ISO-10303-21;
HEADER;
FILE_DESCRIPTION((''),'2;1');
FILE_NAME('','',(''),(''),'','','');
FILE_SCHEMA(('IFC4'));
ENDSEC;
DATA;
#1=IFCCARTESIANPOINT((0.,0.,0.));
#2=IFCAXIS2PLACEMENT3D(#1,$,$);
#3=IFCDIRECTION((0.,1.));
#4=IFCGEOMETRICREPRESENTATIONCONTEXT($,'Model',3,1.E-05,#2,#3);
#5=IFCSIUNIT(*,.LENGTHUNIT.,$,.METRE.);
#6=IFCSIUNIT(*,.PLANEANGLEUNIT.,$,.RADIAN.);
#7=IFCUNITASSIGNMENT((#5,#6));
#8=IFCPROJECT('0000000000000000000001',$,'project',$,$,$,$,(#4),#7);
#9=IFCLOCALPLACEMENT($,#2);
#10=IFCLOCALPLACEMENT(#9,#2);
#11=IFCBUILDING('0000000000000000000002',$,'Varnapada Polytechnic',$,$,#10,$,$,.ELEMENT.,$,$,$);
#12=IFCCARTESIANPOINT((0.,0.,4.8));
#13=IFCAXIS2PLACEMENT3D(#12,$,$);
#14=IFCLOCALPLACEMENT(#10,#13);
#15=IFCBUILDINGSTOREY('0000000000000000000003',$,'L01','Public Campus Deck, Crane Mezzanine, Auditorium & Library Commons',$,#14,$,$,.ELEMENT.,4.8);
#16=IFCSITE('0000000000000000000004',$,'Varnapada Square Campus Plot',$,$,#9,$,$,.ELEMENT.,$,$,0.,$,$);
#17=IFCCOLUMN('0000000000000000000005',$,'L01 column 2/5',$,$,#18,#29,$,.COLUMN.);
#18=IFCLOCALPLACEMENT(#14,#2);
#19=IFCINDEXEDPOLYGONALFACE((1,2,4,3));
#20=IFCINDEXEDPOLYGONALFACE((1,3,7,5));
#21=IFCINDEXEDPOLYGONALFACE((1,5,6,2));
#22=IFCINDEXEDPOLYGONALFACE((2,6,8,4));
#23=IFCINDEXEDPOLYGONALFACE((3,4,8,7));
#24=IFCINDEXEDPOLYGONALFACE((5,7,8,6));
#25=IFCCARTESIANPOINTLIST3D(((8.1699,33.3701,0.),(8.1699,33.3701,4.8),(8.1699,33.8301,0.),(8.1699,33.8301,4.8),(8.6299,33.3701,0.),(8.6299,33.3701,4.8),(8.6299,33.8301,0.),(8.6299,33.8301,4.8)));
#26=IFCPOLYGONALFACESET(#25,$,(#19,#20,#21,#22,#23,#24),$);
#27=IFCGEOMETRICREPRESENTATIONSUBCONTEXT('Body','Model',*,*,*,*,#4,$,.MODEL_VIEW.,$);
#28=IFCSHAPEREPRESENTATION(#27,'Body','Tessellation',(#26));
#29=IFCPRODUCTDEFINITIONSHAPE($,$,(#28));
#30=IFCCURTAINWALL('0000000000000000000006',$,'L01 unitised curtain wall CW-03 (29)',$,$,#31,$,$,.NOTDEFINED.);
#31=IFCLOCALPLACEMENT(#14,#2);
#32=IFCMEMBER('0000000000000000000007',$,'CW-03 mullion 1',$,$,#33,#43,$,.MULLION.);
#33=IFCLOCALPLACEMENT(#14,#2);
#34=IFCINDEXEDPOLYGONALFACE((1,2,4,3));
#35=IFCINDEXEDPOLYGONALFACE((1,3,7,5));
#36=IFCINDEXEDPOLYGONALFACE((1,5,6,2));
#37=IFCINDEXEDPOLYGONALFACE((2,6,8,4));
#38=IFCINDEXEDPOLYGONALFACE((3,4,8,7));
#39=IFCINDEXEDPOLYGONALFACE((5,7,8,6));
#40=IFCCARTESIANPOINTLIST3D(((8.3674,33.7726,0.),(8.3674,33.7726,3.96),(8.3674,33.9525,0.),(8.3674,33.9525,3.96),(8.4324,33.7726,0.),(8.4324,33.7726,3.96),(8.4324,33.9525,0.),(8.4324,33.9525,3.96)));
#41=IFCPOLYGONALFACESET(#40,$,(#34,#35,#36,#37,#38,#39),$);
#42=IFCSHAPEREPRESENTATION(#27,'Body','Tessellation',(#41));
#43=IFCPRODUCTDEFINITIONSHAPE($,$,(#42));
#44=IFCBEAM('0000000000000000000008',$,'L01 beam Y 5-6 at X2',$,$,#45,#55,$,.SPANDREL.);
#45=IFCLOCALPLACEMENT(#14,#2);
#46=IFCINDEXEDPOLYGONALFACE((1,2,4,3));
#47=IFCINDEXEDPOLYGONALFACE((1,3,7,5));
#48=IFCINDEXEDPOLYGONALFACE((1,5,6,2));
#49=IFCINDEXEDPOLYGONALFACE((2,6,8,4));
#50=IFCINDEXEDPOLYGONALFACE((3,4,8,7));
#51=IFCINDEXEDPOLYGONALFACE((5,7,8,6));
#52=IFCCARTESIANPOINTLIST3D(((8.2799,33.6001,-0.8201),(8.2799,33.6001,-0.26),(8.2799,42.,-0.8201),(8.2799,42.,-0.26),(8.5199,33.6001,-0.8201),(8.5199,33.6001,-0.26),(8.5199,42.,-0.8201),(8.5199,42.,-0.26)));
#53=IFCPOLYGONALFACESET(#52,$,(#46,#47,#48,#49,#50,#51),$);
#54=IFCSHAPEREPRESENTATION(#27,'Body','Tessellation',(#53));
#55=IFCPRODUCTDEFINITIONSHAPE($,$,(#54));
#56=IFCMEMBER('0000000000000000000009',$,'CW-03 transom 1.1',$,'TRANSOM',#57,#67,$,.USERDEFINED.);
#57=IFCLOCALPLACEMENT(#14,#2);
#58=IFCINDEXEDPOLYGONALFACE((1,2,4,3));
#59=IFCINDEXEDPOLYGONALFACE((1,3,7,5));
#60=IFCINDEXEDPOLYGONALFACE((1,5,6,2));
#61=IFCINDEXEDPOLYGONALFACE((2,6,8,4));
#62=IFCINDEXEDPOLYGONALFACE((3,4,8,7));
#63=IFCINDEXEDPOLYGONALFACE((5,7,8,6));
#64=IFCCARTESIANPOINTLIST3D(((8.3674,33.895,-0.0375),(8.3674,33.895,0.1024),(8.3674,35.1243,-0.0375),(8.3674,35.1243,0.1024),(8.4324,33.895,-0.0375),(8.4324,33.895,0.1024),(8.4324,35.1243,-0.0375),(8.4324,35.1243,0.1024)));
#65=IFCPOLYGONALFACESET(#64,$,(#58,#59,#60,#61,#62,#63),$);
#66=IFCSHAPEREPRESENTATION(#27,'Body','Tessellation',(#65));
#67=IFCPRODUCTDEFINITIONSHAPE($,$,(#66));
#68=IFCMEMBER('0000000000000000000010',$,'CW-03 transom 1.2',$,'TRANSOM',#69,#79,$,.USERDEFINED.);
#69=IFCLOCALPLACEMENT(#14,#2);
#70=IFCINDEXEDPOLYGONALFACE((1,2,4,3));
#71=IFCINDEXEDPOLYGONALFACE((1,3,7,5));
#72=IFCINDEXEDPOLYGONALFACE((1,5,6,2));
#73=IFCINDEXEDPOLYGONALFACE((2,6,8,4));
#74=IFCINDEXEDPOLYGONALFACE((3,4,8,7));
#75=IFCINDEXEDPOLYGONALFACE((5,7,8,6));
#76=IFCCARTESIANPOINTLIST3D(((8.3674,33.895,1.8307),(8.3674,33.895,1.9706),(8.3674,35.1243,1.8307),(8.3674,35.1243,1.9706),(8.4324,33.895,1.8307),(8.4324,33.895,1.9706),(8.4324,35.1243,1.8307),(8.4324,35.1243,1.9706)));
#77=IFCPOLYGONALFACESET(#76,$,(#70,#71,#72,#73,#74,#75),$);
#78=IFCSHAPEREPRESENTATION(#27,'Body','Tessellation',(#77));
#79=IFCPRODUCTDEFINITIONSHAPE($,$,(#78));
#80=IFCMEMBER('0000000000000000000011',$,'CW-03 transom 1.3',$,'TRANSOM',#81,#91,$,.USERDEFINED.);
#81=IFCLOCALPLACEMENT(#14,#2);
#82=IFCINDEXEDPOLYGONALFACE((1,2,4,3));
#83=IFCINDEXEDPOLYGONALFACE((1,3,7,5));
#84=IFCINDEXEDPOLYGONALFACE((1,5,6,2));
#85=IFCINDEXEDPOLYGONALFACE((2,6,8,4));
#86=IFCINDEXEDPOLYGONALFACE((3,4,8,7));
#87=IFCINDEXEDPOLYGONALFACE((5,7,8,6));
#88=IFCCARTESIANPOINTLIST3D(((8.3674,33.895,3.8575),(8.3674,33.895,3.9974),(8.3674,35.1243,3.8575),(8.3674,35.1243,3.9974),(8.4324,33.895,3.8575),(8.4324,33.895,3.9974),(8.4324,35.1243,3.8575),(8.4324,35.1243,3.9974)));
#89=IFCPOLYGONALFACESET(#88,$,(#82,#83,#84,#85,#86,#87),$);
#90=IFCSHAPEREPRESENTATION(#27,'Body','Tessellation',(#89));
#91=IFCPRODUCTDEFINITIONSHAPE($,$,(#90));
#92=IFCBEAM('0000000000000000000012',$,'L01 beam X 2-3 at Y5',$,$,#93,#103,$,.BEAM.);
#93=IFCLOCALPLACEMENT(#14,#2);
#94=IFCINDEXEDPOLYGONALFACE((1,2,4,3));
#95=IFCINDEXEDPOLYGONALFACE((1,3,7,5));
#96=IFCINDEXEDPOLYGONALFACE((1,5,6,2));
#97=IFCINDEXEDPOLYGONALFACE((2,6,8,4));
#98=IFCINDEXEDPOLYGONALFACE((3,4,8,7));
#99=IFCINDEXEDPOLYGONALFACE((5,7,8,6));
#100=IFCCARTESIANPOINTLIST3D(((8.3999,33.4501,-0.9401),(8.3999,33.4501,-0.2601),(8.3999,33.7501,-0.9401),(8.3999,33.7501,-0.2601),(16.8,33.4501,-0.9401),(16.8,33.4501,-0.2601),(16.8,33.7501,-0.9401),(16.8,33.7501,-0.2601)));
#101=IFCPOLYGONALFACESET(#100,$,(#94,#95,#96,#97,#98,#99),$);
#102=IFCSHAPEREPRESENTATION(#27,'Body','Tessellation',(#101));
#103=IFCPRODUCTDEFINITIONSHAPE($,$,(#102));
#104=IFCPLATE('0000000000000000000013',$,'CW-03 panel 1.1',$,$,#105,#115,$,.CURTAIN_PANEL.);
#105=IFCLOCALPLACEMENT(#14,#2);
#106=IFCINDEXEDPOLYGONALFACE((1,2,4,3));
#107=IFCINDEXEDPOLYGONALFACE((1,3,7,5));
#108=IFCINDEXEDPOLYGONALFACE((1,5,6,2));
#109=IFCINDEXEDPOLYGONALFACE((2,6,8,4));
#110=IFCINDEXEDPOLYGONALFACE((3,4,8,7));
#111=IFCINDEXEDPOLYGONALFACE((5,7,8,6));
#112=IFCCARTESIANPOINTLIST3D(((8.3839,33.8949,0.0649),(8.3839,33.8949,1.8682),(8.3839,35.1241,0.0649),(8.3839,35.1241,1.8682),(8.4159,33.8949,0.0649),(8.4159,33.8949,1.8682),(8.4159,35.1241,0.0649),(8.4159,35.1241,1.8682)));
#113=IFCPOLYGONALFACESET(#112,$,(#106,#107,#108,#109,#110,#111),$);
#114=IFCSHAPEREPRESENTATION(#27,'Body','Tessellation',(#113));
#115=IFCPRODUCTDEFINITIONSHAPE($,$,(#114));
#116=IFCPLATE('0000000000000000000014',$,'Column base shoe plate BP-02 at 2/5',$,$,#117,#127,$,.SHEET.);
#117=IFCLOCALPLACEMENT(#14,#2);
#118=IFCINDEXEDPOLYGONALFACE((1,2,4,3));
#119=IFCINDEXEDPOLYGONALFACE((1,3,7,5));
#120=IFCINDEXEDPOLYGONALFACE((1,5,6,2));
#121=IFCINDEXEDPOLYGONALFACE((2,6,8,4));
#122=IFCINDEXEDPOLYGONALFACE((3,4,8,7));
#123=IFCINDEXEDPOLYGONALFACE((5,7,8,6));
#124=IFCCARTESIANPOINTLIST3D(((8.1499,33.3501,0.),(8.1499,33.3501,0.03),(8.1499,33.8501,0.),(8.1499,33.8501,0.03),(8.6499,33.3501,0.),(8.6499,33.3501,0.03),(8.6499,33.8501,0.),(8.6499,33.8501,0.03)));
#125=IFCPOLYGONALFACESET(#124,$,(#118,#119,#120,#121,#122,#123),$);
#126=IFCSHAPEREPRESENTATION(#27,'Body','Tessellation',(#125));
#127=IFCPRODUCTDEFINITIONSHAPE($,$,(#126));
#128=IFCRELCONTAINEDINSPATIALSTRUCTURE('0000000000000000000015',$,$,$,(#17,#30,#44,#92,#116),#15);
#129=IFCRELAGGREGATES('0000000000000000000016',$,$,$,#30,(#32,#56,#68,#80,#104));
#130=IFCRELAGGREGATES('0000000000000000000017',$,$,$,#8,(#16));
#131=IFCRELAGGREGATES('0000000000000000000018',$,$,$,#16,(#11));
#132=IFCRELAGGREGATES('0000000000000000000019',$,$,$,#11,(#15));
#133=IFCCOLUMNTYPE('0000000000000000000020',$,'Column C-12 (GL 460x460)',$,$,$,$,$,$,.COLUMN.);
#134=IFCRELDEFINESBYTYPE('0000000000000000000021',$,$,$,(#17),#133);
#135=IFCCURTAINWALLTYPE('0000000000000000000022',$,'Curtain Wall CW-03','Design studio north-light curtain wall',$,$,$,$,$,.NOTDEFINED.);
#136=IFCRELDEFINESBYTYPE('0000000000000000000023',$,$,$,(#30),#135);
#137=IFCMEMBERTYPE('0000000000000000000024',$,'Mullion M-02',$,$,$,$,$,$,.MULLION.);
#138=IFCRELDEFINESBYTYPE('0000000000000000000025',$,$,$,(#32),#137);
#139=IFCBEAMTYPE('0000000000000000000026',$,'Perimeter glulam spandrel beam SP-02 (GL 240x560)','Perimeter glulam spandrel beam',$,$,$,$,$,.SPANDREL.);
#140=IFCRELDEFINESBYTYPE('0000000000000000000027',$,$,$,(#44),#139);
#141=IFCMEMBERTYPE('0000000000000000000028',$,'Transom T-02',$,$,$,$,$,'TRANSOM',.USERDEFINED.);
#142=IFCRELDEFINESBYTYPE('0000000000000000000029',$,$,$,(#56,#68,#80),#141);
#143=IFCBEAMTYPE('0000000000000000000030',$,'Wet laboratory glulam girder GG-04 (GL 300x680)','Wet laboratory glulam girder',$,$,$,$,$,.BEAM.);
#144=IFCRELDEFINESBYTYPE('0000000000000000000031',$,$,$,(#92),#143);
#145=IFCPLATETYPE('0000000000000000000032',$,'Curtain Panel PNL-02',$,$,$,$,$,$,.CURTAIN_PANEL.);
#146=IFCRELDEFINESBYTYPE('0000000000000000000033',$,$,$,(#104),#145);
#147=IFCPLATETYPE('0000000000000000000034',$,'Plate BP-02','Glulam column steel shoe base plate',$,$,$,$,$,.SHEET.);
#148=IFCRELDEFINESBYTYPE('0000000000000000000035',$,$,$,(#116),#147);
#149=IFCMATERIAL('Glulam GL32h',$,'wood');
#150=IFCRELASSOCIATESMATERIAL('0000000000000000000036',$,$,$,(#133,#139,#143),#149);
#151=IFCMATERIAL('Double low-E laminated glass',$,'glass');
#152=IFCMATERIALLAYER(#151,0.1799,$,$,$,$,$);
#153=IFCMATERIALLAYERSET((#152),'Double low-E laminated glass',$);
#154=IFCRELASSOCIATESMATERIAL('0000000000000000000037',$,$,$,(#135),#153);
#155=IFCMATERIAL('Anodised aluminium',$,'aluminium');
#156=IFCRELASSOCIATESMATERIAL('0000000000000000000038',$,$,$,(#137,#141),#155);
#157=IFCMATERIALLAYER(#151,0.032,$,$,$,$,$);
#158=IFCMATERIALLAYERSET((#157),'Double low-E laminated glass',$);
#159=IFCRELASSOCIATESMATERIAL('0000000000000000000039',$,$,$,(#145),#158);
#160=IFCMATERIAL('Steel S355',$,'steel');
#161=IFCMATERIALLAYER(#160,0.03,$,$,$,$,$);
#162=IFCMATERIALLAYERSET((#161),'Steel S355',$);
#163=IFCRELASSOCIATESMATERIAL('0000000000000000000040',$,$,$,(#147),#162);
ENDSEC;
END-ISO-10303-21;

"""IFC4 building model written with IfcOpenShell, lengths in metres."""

from ifc_helpers import new_model, si_unit, direction, frame, origin, origin_2d, place, context, subcontext, project, spatial, rectangle, extrude, material, layer, layer_set, material_profile, profile_set, type_object, element, aggregate, save


model = new_model("IFC4")

# Units and contexts
model_context = context("Model", 3, precision=1e-05, world=origin(), true_north=direction((0.0, 1.0)))
body_context = subcontext(model_context, "Body", "Model", "MODEL_VIEW")
ifc_project = project(units=[si_unit("LENGTHUNIT", "METRE"), si_unit("PLANEANGLEUNIT", "RADIAN")], contexts=[model_context])

# Site, building, storey
site_placement = place(None, origin())
site = spatial("IfcSite", under=ifc_project, at=site_placement, Name="Varnapada Square Campus Plot", CompositionType="ELEMENT", RefElevation=0.0)
building_placement = place(site_placement, origin())
building = spatial("IfcBuilding", under=site, at=building_placement, Name="Varnapada Polytechnic", CompositionType="ELEMENT")
storey_placement = place(building_placement, frame((0.0, 0.0, 4.8)))
storey = spatial("IfcBuildingStorey", under=building, at=storey_placement, Name="L01", Description="Public Campus Deck, Crane Mezzanine, Auditorium & Library Commons", CompositionType="ELEMENT", Elevation=4.8)

# Column
ifc_material_1 = material(Name="Glulam GL32h", Category="wood")
ifc_material_profile_1 = material_profile(ifc_material_1, rectangle(XDim=0.46, YDim=0.46, at=origin_2d()), Name="GL 460x460")
ifc_profile_set_1 = profile_set([ifc_material_profile_1], Name="Glulam GL32h")
column_type = type_object("IfcColumnType", Name="Column C-12 (GL 460x460)", PredefinedType="COLUMN", material=ifc_profile_set_1)
column_placement = place(storey_placement, frame((8.3999, 33.6001, 0.0), z_axis=(0.0, 0.0, 1.0), x_axis=(1.0, 0.0, 0.0)))
element("IfcColumn", 1, at=column_placement, inside=storey, type_object=column_type, Name="L01 column 2/5", PredefinedType="COLUMN", context=body_context, shape_type="SweptSolid", body=[
    extrude(rectangle(XDim=0.46, YDim=0.46, at=origin_2d()), origin(), (0.0, 0.0, 1.0), 4.8),
])

# Curtain wall, member
ifc_material_2 = material(Name="Double low-E laminated glass", Category="glass")
ifc_layer_1 = layer(ifc_material_2, 0.1799)
ifc_layer_set_1 = layer_set([ifc_layer_1], Name="Double low-E laminated glass")
curtain_wall_type = type_object("IfcCurtainWallType", Name="Curtain Wall CW-03", Description="Design studio north-light curtain wall", PredefinedType="NOTDEFINED", material=ifc_layer_set_1)
curtain_wall_placement = place(storey_placement, origin())
curtain_wall = element("IfcCurtainWall", 2, at=curtain_wall_placement, inside=storey, type_object=curtain_wall_type, Name="L01 unitised curtain wall CW-03 (29)", PredefinedType="NOTDEFINED")
ifc_material_3 = material(Name="Anodised aluminium", Category="aluminium")
ifc_material_profile_2 = material_profile(ifc_material_3, rectangle(XDim=0.0649, YDim=0.1799, at=origin_2d()), Name="ALU M65x180")
ifc_profile_set_2 = profile_set([ifc_material_profile_2], Name="Anodised aluminium")
member_type_1 = type_object("IfcMemberType", Name="Mullion M-02", PredefinedType="MULLION", material=ifc_profile_set_2)
member_1_placement = place(storey_placement, frame((8.3999, 33.8625, 0.0), z_axis=(0.0, 0.0, 1.0), x_axis=(-1.0, 0.0, 0.0)))
member_1 = element("IfcMember", 3, at=member_1_placement, type_object=member_type_1, Name="CW-03 mullion 1", PredefinedType="MULLION", context=body_context, shape_type="SweptSolid", body=[
    extrude(rectangle(XDim=0.0649, YDim=0.1799, at=origin_2d()), origin(), (0.0, 0.0, 1.0), 3.96),
])

# Beam
ifc_material_profile_3 = material_profile(ifc_material_1, rectangle(XDim=0.24, YDim=0.5601, at=origin_2d()), Name="GL 240x560")
ifc_profile_set_3 = profile_set([ifc_material_profile_3], Name="Glulam GL32h")
beam_type_1 = type_object("IfcBeamType", Name="Perimeter glulam spandrel beam SP-02 (GL 240x560)", Description="Perimeter glulam spandrel beam", PredefinedType="SPANDREL", material=ifc_profile_set_3)
beam_1_placement = place(storey_placement, frame((8.3999, 33.6001, -0.54), z_axis=(0.0, 1.0, 0.0), x_axis=(-1.0, 0.0, 0.0)))
element("IfcBeam", 4, at=beam_1_placement, inside=storey, type_object=beam_type_1, Name="L01 beam Y 5-6 at X2", PredefinedType="SPANDREL", context=body_context, shape_type="SweptSolid", body=[
    extrude(rectangle(XDim=0.24, YDim=0.5601, at=origin_2d()), origin(), (0.0, 0.0, 1.0), 8.3999),
])

# Members
ifc_material_profile_4 = material_profile(ifc_material_3, rectangle(XDim=0.0649, YDim=0.1399, at=origin_2d()), Name="ALU T65x140")
ifc_profile_set_4 = profile_set([ifc_material_profile_4], Name="Anodised aluminium")
member_type_2 = type_object("IfcMemberType", Name="Transom T-02", ElementType="TRANSOM", PredefinedType="USERDEFINED", material=ifc_profile_set_4)
member_2_placement = place(storey_placement, frame((8.3999, 33.895, 0.0325), z_axis=(0.0, 1.0, 0.0), x_axis=(-1.0, 0.0, 0.0)))
member_2 = element("IfcMember", 5, at=member_2_placement, type_object=member_type_2, Name="CW-03 transom 1.1", ObjectType="TRANSOM", PredefinedType="USERDEFINED", context=body_context, shape_type="SweptSolid", body=[
    extrude(rectangle(XDim=0.0649, YDim=0.1399, at=origin_2d()), origin(), (0.0, 0.0, 1.0), 1.2292),
])
member_3_placement = place(storey_placement, frame((8.3999, 33.895, 1.9006), z_axis=(0.0, 1.0, 0.0), x_axis=(-1.0, 0.0, 0.0)))
member_3 = element("IfcMember", 6, at=member_3_placement, type_object=member_type_2, Name="CW-03 transom 1.2", ObjectType="TRANSOM", PredefinedType="USERDEFINED", context=body_context, shape_type="SweptSolid", body=[
    extrude(rectangle(XDim=0.0649, YDim=0.1399, at=origin_2d()), origin(), (0.0, 0.0, 1.0), 1.2292),
])
member_4_placement = place(storey_placement, frame((8.3999, 33.895, 3.9275), z_axis=(0.0, 1.0, 0.0), x_axis=(-1.0, 0.0, 0.0)))
member_4 = element("IfcMember", 7, at=member_4_placement, type_object=member_type_2, Name="CW-03 transom 1.3", ObjectType="TRANSOM", PredefinedType="USERDEFINED", context=body_context, shape_type="SweptSolid", body=[
    extrude(rectangle(XDim=0.0649, YDim=0.1399, at=origin_2d()), origin(), (0.0, 0.0, 1.0), 1.2292),
])

# Beam
ifc_material_profile_5 = material_profile(ifc_material_1, rectangle(XDim=0.3, YDim=0.6799, at=origin_2d()), Name="GL 300x680")
ifc_profile_set_5 = profile_set([ifc_material_profile_5], Name="Glulam GL32h")
beam_type_2 = type_object("IfcBeamType", Name="Wet laboratory glulam girder GG-04 (GL 300x680)", Description="Wet laboratory glulam girder", PredefinedType="BEAM", material=ifc_profile_set_5)
beam_2_placement = place(storey_placement, frame((8.3999, 33.6001, -0.6001), z_axis=(1.0, 0.0, 0.0), x_axis=(0.0, 1.0, 0.0)))
element("IfcBeam", 8, at=beam_2_placement, inside=storey, type_object=beam_type_2, Name="L01 beam X 2-3 at Y5", PredefinedType="BEAM", context=body_context, shape_type="SweptSolid", body=[
    extrude(rectangle(XDim=0.3, YDim=0.6799, at=origin_2d()), origin(), (0.0, 0.0, 1.0), 8.4001),
])

# Plates
ifc_layer_2 = layer(ifc_material_2, 0.032)
ifc_layer_set_2 = layer_set([ifc_layer_2], Name="Double low-E laminated glass")
plate_type_1 = type_object("IfcPlateType", Name="Curtain Panel PNL-02", PredefinedType="CURTAIN_PANEL", material=ifc_layer_set_2)
plate_1_placement = place(storey_placement, frame((8.3999, 34.5095, 0.0649), z_axis=(0.0, 0.0, 1.0), x_axis=(0.0, 1.0, 0.0)))
plate_1 = element("IfcPlate", 9, at=plate_1_placement, type_object=plate_type_1, Name="CW-03 panel 1.1", PredefinedType="CURTAIN_PANEL", context=body_context, shape_type="SweptSolid", body=[
    extrude(rectangle(XDim=1.2292, YDim=0.032, at=origin_2d()), origin(), (0.0, 0.0, 1.0), 1.8032),
])
aggregate(curtain_wall, [member_1, member_2, member_3, member_4, plate_1])
ifc_material_4 = material(Name="Steel S355", Category="steel")
ifc_layer_3 = layer(ifc_material_4, 0.03)
ifc_layer_set_3 = layer_set([ifc_layer_3], Name="Steel S355")
plate_type_2 = type_object("IfcPlateType", Name="Plate BP-02", Description="Glulam column steel shoe base plate", PredefinedType="SHEET", material=ifc_layer_set_3)
plate_2_placement = place(storey_placement, frame((8.3999, 33.6001, 0.0), z_axis=(0.0, 0.0, 1.0), x_axis=(1.0, 0.0, 0.0)))
element("IfcPlate", 10, at=plate_2_placement, inside=storey, type_object=plate_type_2, Name="Column base shoe plate BP-02 at 2/5", PredefinedType="SHEET", context=body_context, shape_type="SweptSolid", body=[
    extrude(rectangle(XDim=0.5, YDim=0.5, at=origin_2d()), origin(), (0.0, 0.0, 1.0), 0.03),
])

save(model, "model.ifc")
